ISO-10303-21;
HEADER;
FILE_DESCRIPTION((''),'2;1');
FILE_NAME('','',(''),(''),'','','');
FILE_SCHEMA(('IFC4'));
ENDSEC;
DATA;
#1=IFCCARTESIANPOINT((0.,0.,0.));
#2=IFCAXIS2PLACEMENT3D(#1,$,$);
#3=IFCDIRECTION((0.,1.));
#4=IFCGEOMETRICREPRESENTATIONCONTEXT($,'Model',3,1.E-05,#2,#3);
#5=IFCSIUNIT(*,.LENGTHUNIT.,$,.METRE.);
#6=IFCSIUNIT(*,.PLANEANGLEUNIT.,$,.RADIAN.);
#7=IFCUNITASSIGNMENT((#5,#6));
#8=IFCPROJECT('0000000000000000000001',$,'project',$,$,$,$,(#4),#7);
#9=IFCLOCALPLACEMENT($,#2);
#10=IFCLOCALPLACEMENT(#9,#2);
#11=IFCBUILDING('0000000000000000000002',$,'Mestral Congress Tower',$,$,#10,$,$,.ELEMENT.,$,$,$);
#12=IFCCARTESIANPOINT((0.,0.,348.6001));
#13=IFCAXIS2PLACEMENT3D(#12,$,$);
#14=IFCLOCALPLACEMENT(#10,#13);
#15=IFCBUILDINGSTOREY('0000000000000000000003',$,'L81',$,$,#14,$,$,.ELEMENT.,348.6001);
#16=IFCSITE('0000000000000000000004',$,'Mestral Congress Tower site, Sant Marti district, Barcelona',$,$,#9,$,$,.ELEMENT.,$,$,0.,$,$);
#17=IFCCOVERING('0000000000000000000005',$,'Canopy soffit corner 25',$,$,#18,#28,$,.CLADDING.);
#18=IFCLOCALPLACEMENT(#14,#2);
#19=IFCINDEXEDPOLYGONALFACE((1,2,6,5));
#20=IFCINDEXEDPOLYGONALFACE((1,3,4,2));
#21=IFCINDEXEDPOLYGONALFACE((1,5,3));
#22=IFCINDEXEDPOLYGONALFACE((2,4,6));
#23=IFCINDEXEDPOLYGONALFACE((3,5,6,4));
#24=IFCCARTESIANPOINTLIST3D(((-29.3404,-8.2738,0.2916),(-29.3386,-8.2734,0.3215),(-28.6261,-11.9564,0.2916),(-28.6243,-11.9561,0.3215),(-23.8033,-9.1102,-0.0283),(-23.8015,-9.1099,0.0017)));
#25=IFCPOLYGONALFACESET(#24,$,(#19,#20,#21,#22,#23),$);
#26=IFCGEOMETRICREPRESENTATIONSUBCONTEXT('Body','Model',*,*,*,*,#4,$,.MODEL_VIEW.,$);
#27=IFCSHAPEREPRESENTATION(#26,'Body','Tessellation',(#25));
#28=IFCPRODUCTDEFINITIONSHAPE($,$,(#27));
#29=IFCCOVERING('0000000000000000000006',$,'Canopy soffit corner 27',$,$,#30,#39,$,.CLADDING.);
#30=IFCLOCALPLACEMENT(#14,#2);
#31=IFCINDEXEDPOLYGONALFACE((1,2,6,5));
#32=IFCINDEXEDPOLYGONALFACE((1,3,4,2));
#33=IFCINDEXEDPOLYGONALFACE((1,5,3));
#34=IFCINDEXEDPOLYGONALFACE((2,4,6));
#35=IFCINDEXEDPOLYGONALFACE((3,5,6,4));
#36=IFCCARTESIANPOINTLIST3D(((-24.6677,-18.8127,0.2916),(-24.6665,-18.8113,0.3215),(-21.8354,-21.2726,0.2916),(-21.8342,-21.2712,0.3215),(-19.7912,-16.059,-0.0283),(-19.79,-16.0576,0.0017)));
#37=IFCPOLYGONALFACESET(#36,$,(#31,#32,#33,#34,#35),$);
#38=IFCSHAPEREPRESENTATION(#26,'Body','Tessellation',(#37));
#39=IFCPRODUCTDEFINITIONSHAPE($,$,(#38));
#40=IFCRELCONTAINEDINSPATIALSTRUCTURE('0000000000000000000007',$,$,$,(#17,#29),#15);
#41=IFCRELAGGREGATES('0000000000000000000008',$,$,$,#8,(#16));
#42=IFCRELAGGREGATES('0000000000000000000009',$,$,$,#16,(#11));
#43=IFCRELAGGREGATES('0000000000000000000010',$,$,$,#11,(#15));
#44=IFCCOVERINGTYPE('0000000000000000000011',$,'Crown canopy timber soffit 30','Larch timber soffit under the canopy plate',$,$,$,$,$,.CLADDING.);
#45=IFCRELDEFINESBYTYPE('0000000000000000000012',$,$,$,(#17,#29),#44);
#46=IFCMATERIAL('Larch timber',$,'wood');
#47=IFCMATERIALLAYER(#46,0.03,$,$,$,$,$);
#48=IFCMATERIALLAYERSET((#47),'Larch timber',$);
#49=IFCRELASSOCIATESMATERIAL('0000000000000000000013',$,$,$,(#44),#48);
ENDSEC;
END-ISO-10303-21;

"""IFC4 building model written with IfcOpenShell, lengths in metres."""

from ifc_helpers import new_model, si_unit, direction, frame, origin, place, context, subcontext, project, spatial, polyline, outline, extrude, material, layer, layer_set, type_object, element, save


model = new_model("IFC4")

# Units and contexts
model_context = context("Model", 3, precision=1e-05, world=origin(), true_north=direction((0.0, 1.0)))
body_context = subcontext(model_context, "Body", "Model", "MODEL_VIEW")
ifc_project = project(units=[si_unit("LENGTHUNIT", "METRE"), si_unit("PLANEANGLEUNIT", "RADIAN")], contexts=[model_context])

# Site, building, storey
site_placement = place(None, origin())
site = spatial("IfcSite", under=ifc_project, at=site_placement, Name="Mestral Congress Tower site, Sant Marti district, Barcelona", CompositionType="ELEMENT", RefElevation=0.0)
building_placement = place(site_placement, origin())
building = spatial("IfcBuilding", under=site, at=building_placement, Name="Mestral Congress Tower", CompositionType="ELEMENT")
storey_placement = place(building_placement, frame((0.0, 0.0, 348.6001)))
storey = spatial("IfcBuildingStorey", under=building, at=storey_placement, Name="L81", CompositionType="ELEMENT", Elevation=348.6001)

# Coverings
ifc_material_1 = material(Name="Larch timber", Category="wood")
ifc_layer_1 = layer(ifc_material_1, 0.03)
ifc_layer_set_1 = layer_set([ifc_layer_1], Name="Larch timber")
covering_type_1 = type_object("IfcCoveringType", Name="Crown canopy timber soffit 30", Description="Larch timber soffit under the canopy plate", PredefinedType="CLADDING", material=ifc_layer_set_1)
covering_1_placement = place(storey_placement, frame((-23.8015, -9.1099, 0.0017), z_axis=(0.059395, 0.011521, 0.998168), x_axis=(-0.987174, 0.149121, 0.057019)))
element("IfcCovering", 1, at=covering_1_placement, inside=storey, type_object=covering_type_1, Name="Canopy soffit corner 25", PredefinedType="CLADDING", context=body_context, shape_type="SweptSolid", body=[
    extrude(outline(polyline([(0.0, 0.0), (5.6091, 0.0), (4.3547, 3.5353), (0.0, 0.0)])), origin(), (0.0, 0.0, -1.0), 0.03),
])
covering_2_placement = place(storey_placement, frame((-19.79, -16.0576, 0.0017), z_axis=(0.039672, 0.045677, 0.998168), x_axis=(-0.869345, -0.490905, 0.057016)))
element("IfcCovering", 2, at=covering_2_placement, inside=storey, type_object=covering_type_1, Name="Canopy soffit corner 27", PredefinedType="CLADDING", context=body_context, shape_type="SweptSolid", body=[
    extrude(outline(polyline([(0.0, 0.0), (5.6094, 0.0), (4.3547, 3.5354), (0.0, 0.0)])), origin(), (0.0, 0.0, -1.0), 0.03),
])

save(model, "model.ifc")
